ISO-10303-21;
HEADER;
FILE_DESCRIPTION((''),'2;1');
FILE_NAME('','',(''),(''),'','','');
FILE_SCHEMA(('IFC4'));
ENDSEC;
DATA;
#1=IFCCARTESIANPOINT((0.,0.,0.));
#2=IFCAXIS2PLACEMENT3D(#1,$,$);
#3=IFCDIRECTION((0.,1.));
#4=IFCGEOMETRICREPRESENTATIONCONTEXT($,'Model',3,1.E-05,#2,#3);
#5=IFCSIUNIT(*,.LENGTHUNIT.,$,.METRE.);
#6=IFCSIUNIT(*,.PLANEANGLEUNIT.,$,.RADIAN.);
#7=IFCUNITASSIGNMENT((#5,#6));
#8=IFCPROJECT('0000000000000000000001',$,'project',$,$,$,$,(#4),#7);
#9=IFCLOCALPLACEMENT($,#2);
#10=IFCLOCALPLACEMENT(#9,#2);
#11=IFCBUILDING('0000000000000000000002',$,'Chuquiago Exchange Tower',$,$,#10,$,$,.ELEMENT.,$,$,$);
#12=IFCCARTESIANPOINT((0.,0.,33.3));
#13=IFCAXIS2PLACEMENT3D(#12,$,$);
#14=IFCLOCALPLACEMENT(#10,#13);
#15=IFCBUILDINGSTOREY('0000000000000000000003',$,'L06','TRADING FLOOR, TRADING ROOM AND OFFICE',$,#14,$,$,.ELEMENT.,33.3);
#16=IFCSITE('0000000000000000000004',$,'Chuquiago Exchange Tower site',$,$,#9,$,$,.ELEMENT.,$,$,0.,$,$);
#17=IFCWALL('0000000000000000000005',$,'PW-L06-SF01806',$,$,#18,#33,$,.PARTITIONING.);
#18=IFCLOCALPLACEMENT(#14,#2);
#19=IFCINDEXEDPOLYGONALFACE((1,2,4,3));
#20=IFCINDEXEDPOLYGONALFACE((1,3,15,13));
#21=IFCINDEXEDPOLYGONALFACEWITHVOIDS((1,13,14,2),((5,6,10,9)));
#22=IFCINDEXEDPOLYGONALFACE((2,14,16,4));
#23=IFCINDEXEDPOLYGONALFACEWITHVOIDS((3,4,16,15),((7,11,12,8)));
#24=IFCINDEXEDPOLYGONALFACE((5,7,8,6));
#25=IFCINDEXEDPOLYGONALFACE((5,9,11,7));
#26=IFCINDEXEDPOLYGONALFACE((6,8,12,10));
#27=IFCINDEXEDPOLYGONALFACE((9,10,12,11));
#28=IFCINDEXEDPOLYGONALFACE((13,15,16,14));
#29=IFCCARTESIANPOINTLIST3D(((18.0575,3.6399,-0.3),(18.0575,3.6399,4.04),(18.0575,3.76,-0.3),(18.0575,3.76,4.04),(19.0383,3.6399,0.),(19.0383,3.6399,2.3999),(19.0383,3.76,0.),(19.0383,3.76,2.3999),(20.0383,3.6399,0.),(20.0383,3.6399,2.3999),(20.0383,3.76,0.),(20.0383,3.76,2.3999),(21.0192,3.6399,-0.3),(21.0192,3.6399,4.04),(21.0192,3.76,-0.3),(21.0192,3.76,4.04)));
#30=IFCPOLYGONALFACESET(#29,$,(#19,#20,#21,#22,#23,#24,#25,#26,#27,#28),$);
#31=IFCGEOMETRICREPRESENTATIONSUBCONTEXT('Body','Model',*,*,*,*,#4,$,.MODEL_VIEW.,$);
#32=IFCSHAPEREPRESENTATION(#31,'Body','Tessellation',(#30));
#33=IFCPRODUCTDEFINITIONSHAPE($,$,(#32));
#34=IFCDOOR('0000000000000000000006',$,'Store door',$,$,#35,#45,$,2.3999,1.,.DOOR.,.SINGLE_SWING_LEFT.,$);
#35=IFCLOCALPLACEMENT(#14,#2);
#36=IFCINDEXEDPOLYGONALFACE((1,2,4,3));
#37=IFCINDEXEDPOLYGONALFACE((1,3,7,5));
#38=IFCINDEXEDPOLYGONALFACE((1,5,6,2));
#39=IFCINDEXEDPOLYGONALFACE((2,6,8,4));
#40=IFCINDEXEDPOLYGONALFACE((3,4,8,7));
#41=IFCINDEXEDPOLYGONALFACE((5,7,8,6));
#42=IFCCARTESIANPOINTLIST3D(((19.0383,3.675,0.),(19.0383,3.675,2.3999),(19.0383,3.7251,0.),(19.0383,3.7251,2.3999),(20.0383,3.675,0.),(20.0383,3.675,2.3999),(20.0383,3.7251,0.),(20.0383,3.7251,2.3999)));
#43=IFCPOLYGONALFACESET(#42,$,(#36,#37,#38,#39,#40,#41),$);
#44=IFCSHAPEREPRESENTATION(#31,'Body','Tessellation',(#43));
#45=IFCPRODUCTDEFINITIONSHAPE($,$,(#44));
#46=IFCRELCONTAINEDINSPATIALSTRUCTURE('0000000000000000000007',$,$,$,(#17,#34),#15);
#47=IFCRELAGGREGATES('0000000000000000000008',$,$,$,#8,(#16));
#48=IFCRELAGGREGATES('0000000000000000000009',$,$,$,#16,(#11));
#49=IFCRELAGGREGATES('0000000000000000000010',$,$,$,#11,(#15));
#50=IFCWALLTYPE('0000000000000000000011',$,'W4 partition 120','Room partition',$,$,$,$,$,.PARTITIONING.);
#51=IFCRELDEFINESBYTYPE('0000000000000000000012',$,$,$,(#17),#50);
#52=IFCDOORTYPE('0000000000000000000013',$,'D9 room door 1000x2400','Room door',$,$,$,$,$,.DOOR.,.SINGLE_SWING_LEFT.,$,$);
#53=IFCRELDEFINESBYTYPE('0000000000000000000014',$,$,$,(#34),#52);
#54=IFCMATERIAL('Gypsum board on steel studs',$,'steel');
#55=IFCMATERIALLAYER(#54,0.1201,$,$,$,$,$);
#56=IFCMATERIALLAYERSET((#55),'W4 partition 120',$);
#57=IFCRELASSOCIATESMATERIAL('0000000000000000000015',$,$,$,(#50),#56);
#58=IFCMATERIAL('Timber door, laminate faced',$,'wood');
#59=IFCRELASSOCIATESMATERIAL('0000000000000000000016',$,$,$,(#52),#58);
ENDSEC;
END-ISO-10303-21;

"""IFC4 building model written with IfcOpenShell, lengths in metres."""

from ifc_helpers import new_model, si_unit, direction, frame, frame_2d, origin, place, context, subcontext, project, spatial, rectangle, extrude, material, layer, layer_set, type_object, element, fill, save


model = new_model("IFC4")

# Units and contexts
model_context = context("Model", 3, precision=1e-05, world=origin(), true_north=direction((0.0, 1.0)))
body_context = subcontext(model_context, "Body", "Model", "MODEL_VIEW")
ifc_project = project(units=[si_unit("LENGTHUNIT", "METRE"), si_unit("PLANEANGLEUNIT", "RADIAN")], contexts=[model_context])

# Site, building, storey
site_placement = place(None, origin())
site = spatial("IfcSite", under=ifc_project, at=site_placement, Name="Chuquiago Exchange Tower site", CompositionType="ELEMENT", RefElevation=0.0)
building_placement = place(site_placement, origin())
building = spatial("IfcBuilding", under=site, at=building_placement, Name="Chuquiago Exchange Tower", CompositionType="ELEMENT")
storey_placement = place(building_placement, frame((0.0, 0.0, 33.3)))
storey = spatial("IfcBuildingStorey", under=building, at=storey_placement, Name="L06", Description="TRADING FLOOR, TRADING ROOM AND OFFICE", CompositionType="ELEMENT", Elevation=33.3)

# Shared definitions
ifc_material_1 = material(Name="Gypsum board on steel studs", Category="steel")
ifc_layer_1 = layer(ifc_material_1, 0.1201)
ifc_layer_set_1 = layer_set([ifc_layer_1], Name="W4 partition 120")
wall_type = type_object("IfcWallType", Name="W4 partition 120", Description="Room partition", PredefinedType="PARTITIONING", material=ifc_layer_set_1)

# Wall, opening, door
ifc_material_2 = material(Name="Timber door, laminate faced", Category="wood")
door_type = type_object("IfcDoorType", Name="D9 room door 1000x2400", Description="Room door", OperationType="SINGLE_SWING_LEFT", PredefinedType="DOOR", material=ifc_material_2)
wall_1_placement = place(storey_placement, frame((18.0574, 3.7, -0.3), z_axis=(0.0, 0.0, 1.0), x_axis=(1.0, 0.0, 0.0)))
wall_1 = element("IfcWall", 1, at=wall_1_placement, inside=storey, type_object=wall_type, Name="PW-L06-SF01806", PredefinedType="PARTITIONING", context=body_context, shape_type="SweptSolid", body=[
    extrude(rectangle(XDim=2.9617, YDim=0.1201, at=frame_2d((1.481, 0.0))), origin(), (0.0, 0.0, 1.0), 4.3401),
])
opening_1_placement = place(wall_1_placement, frame((0.981, 0.0, 0.3)))
opening_1 = element("IfcOpeningElement", 2, at=opening_1_placement, cuts=wall_1, PredefinedType="OPENING", context=body_context, shape_type="SweptSolid", body=[
    extrude(rectangle(XDim=1.0, YDim=2.3999, at=frame_2d((0.5, 1.2))), frame((0.0, 0.0701, 0.0), z_axis=(0.0, -1.0, 0.0), x_axis=(1.0, 0.0, 0.0)), (0.0, 0.0, 1.0), 0.1401),
])
door_1_placement = place(opening_1_placement, frame((1.0, 0.0, 0.0), z_axis=(0.0, 0.0, 1.0), x_axis=(-1.0, 0.0, 0.0)))
door_1 = element("IfcDoor", 3, at=door_1_placement, inside=storey, type_object=door_type, Name="Store door", OperationType="SINGLE_SWING_LEFT", OverallHeight=2.3999, OverallWidth=1.0, PredefinedType="DOOR", context=body_context, shape_type="SweptSolid", body=[
    extrude(rectangle(XDim=1.0, YDim=2.3999, at=frame_2d((0.5, 1.2))), frame((0.0, 0.0249, 0.0), z_axis=(0.0, -1.0, 0.0), x_axis=(1.0, 0.0, 0.0)), (0.0, 0.0, 1.0), 0.05),
])
fill(opening_1, door_1)

save(model, "model.ifc")
